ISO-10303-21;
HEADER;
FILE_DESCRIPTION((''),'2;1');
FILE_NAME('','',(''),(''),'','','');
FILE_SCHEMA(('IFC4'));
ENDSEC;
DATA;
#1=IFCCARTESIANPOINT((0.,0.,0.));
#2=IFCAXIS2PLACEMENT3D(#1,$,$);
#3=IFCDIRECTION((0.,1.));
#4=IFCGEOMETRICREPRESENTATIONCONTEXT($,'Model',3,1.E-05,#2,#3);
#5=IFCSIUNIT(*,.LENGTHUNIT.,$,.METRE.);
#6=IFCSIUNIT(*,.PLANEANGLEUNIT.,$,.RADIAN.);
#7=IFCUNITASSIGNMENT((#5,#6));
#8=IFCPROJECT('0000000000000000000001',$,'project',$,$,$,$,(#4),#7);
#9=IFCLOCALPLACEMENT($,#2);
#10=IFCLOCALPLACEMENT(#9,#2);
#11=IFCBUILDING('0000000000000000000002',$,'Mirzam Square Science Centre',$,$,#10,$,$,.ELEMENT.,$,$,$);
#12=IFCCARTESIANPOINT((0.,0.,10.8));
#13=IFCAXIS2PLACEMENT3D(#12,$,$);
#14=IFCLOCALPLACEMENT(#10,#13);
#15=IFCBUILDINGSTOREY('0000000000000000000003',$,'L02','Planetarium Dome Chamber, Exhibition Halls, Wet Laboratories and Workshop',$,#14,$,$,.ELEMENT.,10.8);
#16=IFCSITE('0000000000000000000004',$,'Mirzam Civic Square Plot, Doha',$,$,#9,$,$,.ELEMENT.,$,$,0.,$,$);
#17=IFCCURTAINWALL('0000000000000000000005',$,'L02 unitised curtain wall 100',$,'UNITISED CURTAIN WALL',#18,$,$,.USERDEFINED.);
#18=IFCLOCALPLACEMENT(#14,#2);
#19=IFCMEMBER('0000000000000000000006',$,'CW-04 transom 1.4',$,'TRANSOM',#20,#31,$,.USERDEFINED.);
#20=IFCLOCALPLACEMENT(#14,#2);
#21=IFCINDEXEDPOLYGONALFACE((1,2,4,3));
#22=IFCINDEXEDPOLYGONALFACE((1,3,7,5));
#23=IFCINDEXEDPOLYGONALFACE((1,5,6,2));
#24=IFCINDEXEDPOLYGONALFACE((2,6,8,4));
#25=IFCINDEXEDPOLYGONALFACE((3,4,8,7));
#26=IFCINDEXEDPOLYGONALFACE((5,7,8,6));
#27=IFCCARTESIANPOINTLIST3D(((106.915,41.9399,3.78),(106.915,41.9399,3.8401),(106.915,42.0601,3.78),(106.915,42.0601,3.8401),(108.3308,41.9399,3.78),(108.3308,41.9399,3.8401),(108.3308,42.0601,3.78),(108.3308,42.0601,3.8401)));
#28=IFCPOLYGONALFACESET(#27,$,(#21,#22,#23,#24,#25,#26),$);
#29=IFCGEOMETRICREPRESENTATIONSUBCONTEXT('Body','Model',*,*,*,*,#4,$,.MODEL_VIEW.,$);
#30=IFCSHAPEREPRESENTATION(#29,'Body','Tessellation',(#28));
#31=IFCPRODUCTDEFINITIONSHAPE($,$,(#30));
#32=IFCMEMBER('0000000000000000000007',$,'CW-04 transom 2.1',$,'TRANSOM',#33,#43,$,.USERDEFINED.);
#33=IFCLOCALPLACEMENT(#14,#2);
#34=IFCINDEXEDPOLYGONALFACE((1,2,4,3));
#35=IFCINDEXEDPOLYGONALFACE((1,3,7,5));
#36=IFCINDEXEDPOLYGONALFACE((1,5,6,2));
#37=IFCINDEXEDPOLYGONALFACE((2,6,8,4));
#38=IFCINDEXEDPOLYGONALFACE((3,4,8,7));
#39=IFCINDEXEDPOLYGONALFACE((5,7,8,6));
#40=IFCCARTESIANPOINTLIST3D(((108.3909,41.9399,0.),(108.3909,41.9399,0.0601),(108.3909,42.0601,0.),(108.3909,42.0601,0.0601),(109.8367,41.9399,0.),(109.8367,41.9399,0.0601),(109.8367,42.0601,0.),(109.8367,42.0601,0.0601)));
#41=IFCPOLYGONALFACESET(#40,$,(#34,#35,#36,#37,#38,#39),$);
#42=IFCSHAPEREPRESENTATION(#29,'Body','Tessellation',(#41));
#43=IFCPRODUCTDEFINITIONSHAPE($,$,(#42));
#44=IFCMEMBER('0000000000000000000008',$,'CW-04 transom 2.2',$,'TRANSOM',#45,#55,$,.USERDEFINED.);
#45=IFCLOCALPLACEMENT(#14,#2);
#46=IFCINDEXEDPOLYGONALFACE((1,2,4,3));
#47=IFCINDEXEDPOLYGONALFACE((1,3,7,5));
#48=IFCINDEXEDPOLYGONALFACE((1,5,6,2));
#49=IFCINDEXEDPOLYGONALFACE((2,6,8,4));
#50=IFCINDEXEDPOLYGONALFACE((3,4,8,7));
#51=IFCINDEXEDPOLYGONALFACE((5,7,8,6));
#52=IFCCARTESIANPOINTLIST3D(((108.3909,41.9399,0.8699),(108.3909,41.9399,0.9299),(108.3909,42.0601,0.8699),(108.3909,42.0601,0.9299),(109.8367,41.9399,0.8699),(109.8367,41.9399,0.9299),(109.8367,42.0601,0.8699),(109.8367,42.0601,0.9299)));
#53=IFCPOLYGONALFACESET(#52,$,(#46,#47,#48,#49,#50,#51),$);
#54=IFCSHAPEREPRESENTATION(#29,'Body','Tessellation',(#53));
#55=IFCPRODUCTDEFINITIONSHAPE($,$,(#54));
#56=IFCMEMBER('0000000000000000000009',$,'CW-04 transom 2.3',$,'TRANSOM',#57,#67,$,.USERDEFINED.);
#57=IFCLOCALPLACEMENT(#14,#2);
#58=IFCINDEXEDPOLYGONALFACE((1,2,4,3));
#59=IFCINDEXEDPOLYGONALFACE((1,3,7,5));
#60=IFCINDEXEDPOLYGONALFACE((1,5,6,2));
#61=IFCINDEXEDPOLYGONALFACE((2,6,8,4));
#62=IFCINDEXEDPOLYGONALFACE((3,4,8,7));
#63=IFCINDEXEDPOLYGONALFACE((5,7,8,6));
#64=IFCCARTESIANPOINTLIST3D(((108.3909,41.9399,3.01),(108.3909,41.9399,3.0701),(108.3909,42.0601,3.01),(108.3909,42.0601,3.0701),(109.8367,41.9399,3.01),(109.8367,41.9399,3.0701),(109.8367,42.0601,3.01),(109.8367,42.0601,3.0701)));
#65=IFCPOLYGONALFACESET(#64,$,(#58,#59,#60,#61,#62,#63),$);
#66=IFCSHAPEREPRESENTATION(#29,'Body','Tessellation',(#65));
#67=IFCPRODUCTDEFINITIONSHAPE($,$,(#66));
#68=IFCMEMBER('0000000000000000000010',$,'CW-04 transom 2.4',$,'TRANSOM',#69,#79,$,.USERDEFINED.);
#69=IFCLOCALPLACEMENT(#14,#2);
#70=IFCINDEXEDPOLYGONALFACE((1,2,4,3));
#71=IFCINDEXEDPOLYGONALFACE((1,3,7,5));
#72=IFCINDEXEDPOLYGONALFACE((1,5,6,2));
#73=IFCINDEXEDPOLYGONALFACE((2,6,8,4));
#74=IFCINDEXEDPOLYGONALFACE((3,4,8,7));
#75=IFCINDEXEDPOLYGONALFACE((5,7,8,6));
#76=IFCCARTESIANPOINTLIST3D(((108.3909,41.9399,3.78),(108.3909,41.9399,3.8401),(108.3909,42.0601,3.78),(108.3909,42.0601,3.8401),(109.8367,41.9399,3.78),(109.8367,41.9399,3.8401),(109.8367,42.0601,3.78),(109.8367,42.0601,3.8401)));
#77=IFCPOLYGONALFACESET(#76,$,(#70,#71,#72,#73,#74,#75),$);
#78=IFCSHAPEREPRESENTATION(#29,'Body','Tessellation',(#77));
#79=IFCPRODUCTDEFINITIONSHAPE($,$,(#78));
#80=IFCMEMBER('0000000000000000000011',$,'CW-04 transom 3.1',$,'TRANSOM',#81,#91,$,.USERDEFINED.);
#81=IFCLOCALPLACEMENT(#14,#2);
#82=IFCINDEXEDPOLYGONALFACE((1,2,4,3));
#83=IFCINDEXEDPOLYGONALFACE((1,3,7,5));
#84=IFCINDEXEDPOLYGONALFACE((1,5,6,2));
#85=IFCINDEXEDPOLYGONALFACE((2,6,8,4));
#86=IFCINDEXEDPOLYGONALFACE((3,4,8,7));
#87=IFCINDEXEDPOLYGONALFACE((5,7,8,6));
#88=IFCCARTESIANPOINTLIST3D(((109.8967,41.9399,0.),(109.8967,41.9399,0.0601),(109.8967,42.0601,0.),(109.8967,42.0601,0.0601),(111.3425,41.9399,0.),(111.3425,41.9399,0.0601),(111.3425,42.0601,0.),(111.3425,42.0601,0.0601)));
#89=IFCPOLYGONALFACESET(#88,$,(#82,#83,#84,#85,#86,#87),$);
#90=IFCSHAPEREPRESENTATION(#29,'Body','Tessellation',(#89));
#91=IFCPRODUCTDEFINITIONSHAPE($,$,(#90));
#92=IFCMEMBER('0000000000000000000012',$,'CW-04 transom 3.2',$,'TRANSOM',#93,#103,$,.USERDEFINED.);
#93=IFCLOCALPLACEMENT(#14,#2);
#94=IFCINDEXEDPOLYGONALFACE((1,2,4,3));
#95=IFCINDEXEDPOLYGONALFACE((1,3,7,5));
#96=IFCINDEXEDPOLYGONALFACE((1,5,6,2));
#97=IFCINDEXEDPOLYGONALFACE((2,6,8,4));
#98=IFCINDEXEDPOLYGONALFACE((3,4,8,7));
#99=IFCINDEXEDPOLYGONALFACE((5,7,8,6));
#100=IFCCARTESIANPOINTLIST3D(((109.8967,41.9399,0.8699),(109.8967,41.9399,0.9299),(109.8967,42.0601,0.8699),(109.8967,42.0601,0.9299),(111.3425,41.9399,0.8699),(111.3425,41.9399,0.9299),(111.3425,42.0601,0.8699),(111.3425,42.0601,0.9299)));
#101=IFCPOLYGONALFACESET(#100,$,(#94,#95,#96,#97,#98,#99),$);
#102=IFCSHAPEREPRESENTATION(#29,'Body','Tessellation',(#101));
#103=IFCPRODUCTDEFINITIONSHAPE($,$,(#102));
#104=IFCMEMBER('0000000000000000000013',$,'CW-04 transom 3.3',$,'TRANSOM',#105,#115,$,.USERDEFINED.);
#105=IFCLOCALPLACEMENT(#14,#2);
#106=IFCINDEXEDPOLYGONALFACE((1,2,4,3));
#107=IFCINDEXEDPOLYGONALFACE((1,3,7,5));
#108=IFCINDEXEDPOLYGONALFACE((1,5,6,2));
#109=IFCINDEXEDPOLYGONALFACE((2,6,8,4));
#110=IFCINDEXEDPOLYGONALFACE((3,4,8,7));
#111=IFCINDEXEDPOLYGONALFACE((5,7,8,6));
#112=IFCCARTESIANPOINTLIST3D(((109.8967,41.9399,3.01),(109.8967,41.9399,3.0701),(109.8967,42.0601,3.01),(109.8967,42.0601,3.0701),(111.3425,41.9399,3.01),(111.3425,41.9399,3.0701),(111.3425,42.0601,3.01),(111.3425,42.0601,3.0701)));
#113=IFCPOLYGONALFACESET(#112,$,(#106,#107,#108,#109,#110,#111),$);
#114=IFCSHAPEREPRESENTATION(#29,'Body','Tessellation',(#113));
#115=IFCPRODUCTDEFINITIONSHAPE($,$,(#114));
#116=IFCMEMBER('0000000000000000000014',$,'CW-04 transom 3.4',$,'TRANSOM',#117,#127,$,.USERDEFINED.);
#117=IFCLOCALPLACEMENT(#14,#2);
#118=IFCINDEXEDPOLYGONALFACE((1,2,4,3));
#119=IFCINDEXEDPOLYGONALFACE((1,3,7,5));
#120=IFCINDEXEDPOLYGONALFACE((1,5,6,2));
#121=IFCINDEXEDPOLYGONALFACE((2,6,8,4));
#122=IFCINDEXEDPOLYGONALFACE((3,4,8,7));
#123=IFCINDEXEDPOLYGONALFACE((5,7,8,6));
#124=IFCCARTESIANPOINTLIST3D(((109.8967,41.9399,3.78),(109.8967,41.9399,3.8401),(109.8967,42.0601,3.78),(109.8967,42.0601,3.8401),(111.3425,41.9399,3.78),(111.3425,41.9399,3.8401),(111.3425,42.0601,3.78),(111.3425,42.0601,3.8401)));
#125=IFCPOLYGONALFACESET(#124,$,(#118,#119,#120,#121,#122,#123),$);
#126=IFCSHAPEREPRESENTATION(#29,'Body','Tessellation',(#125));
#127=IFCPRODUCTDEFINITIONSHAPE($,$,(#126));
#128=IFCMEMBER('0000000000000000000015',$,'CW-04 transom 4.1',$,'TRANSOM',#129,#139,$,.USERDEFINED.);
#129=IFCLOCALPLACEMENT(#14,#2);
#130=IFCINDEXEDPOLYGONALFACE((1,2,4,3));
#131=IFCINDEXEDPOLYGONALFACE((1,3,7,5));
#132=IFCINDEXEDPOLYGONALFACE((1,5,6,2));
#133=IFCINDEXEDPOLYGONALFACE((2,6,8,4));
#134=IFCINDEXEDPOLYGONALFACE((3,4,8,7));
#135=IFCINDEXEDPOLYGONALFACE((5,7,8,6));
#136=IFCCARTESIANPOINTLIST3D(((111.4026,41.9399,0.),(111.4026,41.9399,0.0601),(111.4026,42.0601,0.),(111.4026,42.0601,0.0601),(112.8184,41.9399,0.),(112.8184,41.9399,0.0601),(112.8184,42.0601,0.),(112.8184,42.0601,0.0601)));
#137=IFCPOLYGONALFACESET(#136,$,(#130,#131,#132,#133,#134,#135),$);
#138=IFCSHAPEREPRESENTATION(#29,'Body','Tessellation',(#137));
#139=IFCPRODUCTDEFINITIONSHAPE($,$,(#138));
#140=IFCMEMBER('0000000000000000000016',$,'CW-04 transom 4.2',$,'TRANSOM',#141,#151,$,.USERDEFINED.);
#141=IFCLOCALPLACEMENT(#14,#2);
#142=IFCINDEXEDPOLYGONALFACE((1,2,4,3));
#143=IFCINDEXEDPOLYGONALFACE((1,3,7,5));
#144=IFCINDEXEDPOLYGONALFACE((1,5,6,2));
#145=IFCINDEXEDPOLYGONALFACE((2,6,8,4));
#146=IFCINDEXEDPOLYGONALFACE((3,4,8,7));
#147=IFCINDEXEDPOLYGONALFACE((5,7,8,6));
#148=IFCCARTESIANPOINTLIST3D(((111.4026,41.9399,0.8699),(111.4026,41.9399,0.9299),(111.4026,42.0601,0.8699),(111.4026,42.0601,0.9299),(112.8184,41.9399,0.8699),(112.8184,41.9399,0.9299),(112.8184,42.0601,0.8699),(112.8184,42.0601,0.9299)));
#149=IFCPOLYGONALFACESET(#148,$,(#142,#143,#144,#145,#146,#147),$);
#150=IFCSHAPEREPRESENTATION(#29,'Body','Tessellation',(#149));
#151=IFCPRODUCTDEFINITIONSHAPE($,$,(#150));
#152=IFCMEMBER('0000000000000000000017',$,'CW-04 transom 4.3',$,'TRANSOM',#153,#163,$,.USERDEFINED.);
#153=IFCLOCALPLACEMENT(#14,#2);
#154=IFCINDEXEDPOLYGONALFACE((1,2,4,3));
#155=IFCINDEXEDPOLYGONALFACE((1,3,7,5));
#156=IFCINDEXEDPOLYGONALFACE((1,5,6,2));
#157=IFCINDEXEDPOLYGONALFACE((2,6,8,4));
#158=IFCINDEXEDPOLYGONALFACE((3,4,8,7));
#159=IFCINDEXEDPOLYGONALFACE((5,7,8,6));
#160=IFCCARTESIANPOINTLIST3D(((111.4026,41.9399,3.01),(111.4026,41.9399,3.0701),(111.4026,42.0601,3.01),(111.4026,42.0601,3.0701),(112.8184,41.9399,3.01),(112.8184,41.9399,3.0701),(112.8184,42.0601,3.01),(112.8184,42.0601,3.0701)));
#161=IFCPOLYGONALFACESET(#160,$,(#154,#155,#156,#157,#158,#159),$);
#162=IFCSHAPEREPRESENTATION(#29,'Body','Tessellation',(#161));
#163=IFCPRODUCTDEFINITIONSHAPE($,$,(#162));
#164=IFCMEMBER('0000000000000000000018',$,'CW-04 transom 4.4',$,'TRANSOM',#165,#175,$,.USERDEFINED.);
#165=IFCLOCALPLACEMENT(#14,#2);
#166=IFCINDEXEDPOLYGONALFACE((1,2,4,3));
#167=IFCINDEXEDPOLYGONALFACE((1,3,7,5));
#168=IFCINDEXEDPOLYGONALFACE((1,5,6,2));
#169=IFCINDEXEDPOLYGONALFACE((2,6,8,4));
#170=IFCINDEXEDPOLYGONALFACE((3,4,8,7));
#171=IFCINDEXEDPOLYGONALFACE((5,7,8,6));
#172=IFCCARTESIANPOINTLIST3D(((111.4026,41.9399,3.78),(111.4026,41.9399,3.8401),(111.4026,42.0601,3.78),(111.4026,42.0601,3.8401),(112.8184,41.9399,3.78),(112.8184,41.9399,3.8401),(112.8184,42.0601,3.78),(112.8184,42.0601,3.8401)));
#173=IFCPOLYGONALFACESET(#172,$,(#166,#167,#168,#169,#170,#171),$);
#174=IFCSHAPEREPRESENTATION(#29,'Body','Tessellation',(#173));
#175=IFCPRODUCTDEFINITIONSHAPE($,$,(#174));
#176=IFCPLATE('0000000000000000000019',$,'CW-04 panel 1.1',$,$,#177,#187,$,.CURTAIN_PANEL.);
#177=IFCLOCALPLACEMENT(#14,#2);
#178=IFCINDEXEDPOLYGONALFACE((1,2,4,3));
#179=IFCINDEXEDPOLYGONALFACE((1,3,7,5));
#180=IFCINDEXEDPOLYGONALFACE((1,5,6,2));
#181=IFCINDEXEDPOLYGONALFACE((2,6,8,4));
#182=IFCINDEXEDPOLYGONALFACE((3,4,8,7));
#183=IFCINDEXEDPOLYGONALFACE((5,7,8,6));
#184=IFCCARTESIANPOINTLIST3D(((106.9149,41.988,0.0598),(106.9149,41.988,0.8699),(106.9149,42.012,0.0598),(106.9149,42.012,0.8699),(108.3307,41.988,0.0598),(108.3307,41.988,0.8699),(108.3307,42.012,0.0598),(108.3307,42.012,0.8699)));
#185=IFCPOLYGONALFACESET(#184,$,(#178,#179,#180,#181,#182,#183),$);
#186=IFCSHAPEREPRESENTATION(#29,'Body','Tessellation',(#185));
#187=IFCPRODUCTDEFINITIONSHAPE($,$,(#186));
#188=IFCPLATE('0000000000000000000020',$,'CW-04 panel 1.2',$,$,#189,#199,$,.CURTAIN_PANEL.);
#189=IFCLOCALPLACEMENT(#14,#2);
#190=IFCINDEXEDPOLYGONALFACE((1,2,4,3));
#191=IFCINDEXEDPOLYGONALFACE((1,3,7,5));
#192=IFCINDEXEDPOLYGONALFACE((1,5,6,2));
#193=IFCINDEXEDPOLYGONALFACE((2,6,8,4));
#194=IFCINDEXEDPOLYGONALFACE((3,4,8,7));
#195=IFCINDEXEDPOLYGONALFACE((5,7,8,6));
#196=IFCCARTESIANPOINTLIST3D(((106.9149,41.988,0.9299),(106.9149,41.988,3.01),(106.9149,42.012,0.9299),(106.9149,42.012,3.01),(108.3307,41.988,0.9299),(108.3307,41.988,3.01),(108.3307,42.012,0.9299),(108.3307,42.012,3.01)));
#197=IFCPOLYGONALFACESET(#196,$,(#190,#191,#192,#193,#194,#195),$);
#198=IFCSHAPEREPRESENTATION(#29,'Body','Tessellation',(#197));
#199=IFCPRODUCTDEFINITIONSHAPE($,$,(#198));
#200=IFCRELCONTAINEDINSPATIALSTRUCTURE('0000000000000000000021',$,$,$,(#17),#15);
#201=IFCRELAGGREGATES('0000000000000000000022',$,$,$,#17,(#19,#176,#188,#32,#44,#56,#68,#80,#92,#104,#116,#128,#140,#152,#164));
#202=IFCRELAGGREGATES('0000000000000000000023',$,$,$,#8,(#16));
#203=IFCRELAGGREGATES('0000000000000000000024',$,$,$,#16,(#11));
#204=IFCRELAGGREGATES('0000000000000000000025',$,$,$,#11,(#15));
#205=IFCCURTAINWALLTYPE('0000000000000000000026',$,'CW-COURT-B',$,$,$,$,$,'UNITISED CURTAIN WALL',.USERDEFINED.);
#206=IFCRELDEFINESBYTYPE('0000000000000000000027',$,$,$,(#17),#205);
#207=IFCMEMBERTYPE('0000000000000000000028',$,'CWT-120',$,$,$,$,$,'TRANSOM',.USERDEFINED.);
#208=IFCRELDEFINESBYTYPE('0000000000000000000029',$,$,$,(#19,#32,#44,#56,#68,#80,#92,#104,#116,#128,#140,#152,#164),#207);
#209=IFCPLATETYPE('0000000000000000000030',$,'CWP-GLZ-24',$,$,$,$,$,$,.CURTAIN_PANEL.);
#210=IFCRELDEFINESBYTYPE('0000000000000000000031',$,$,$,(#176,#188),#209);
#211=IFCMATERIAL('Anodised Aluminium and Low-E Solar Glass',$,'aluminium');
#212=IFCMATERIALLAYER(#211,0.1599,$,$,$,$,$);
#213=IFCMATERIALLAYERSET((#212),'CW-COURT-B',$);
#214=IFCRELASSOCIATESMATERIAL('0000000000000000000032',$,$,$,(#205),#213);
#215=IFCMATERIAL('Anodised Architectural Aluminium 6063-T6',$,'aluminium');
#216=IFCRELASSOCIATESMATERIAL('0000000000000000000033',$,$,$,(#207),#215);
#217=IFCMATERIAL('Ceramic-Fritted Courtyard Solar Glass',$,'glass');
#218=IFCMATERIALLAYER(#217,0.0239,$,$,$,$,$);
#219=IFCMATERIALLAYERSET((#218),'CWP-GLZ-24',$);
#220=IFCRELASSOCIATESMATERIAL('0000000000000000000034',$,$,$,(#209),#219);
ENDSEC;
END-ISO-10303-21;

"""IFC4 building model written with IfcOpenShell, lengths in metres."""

from ifc_helpers import new_model, si_unit, direction, frame, origin, origin_2d, place, context, subcontext, project, spatial, rectangle, extrude, material, layer, layer_set, material_profile, profile_set, type_object, element, aggregate, save


model = new_model("IFC4")

# Units and contexts
model_context = context("Model", 3, precision=1e-05, world=origin(), true_north=direction((0.0, 1.0)))
body_context = subcontext(model_context, "Body", "Model", "MODEL_VIEW")
ifc_project = project(units=[si_unit("LENGTHUNIT", "METRE"), si_unit("PLANEANGLEUNIT", "RADIAN")], contexts=[model_context])

# Site, building, storey
site_placement = place(None, origin())
site = spatial("IfcSite", under=ifc_project, at=site_placement, Name="Mirzam Civic Square Plot, Doha", CompositionType="ELEMENT", RefElevation=0.0)
building_placement = place(site_placement, origin())
building = spatial("IfcBuilding", under=site, at=building_placement, Name="Mirzam Square Science Centre", CompositionType="ELEMENT")
storey_placement = place(building_placement, frame((0.0, 0.0, 10.8)))
storey = spatial("IfcBuildingStorey", under=building, at=storey_placement, Name="L02", Description="Planetarium Dome Chamber, Exhibition Halls, Wet Laboratories and Workshop", CompositionType="ELEMENT", Elevation=10.8)

# Curtain wall, members, plates
ifc_material_1 = material(Name="Anodised Aluminium and Low-E Solar Glass", Category="aluminium")
ifc_layer_1 = layer(ifc_material_1, 0.1599)
ifc_layer_set_1 = layer_set([ifc_layer_1], Name="CW-COURT-B")
curtain_wall_type = type_object("IfcCurtainWallType", Name="CW-COURT-B", ElementType="UNITISED CURTAIN WALL", PredefinedType="USERDEFINED", material=ifc_layer_set_1)
curtain_wall_placement = place(storey_placement, origin())
curtain_wall = element("IfcCurtainWall", 1, at=curtain_wall_placement, inside=storey, type_object=curtain_wall_type, Name="L02 unitised curtain wall 100", ObjectType="UNITISED CURTAIN WALL", PredefinedType="USERDEFINED")
ifc_material_2 = material(Name="Anodised Architectural Aluminium 6063-T6", Category="aluminium")
ifc_material_profile_1 = material_profile(ifc_material_2, rectangle(XDim=0.1201, YDim=0.0601, at=origin_2d()), Name="ALU-TRAN-120x60x4")
ifc_profile_set_1 = profile_set([ifc_material_profile_1], Name="Anodised Architectural Aluminium 6063-T6")
member_type_1 = type_object("IfcMemberType", Name="CWT-120", ElementType="TRANSOM", PredefinedType="USERDEFINED", material=ifc_profile_set_1)
member_1_placement = place(storey_placement, frame((106.915, 42.0, 3.8101), z_axis=(1.0, 0.0, 0.0), x_axis=(0.0, 1.0, 0.0)))
member_1 = element("IfcMember", 2, at=member_1_placement, type_object=member_type_1, Name="CW-04 transom 1.4", ObjectType="TRANSOM", PredefinedType="USERDEFINED", context=body_context, shape_type="SweptSolid", body=[
    extrude(rectangle(XDim=0.1201, YDim=0.0601, at=origin_2d()), origin(), (0.0, 0.0, 1.0), 1.4158),
])
member_2_placement = place(storey_placement, frame((108.3909, 42.0, 0.03), z_axis=(1.0, 0.0, 0.0), x_axis=(0.0, 1.0, 0.0)))
member_2 = element("IfcMember", 3, at=member_2_placement, type_object=member_type_1, Name="CW-04 transom 2.1", ObjectType="TRANSOM", PredefinedType="USERDEFINED", context=body_context, shape_type="SweptSolid", body=[
    extrude(rectangle(XDim=0.1201, YDim=0.0601, at=origin_2d()), origin(), (0.0, 0.0, 1.0), 1.4458),
])
member_3_placement = place(storey_placement, frame((108.3909, 42.0, 0.8999), z_axis=(1.0, 0.0, 0.0), x_axis=(0.0, 1.0, 0.0)))
member_3 = element("IfcMember", 4, at=member_3_placement, type_object=member_type_1, Name="CW-04 transom 2.2", ObjectType="TRANSOM", PredefinedType="USERDEFINED", context=body_context, shape_type="SweptSolid", body=[
    extrude(rectangle(XDim=0.1201, YDim=0.0601, at=origin_2d()), origin(), (0.0, 0.0, 1.0), 1.4458),
])
member_4_placement = place(storey_placement, frame((108.3909, 42.0, 3.04), z_axis=(1.0, 0.0, 0.0), x_axis=(0.0, 1.0, 0.0)))
member_4 = element("IfcMember", 5, at=member_4_placement, type_object=member_type_1, Name="CW-04 transom 2.3", ObjectType="TRANSOM", PredefinedType="USERDEFINED", context=body_context, shape_type="SweptSolid", body=[
    extrude(rectangle(XDim=0.1201, YDim=0.0601, at=origin_2d()), origin(), (0.0, 0.0, 1.0), 1.4458),
])
member_5_placement = place(storey_placement, frame((108.3909, 42.0, 3.8101), z_axis=(1.0, 0.0, 0.0), x_axis=(0.0, 1.0, 0.0)))
member_5 = element("IfcMember", 6, at=member_5_placement, type_object=member_type_1, Name="CW-04 transom 2.4", ObjectType="TRANSOM", PredefinedType="USERDEFINED", context=body_context, shape_type="SweptSolid", body=[
    extrude(rectangle(XDim=0.1201, YDim=0.0601, at=origin_2d()), origin(), (0.0, 0.0, 1.0), 1.4458),
])
member_6_placement = place(storey_placement, frame((109.8967, 42.0, 0.03), z_axis=(1.0, 0.0, 0.0), x_axis=(0.0, 1.0, 0.0)))
member_6 = element("IfcMember", 7, at=member_6_placement, type_object=member_type_1, Name="CW-04 transom 3.1", ObjectType="TRANSOM", PredefinedType="USERDEFINED", context=body_context, shape_type="SweptSolid", body=[
    extrude(rectangle(XDim=0.1201, YDim=0.0601, at=origin_2d()), origin(), (0.0, 0.0, 1.0), 1.4458),
])
member_7_placement = place(storey_placement, frame((109.8967, 42.0, 0.8999), z_axis=(1.0, 0.0, 0.0), x_axis=(0.0, 1.0, 0.0)))
member_7 = element("IfcMember", 8, at=member_7_placement, type_object=member_type_1, Name="CW-04 transom 3.2", ObjectType="TRANSOM", PredefinedType="USERDEFINED", context=body_context, shape_type="SweptSolid", body=[
    extrude(rectangle(XDim=0.1201, YDim=0.0601, at=origin_2d()), origin(), (0.0, 0.0, 1.0), 1.4458),
])
member_8_placement = place(storey_placement, frame((109.8967, 42.0, 3.04), z_axis=(1.0, 0.0, 0.0), x_axis=(0.0, 1.0, 0.0)))
member_8 = element("IfcMember", 9, at=member_8_placement, type_object=member_type_1, Name="CW-04 transom 3.3", ObjectType="TRANSOM", PredefinedType="USERDEFINED", context=body_context, shape_type="SweptSolid", body=[
    extrude(rectangle(XDim=0.1201, YDim=0.0601, at=origin_2d()), origin(), (0.0, 0.0, 1.0), 1.4458),
])
member_9_placement = place(storey_placement, frame((109.8967, 42.0, 3.8101), z_axis=(1.0, 0.0, 0.0), x_axis=(0.0, 1.0, 0.0)))
member_9 = element("IfcMember", 10, at=member_9_placement, type_object=member_type_1, Name="CW-04 transom 3.4", ObjectType="TRANSOM", PredefinedType="USERDEFINED", context=body_context, shape_type="SweptSolid", body=[
    extrude(rectangle(XDim=0.1201, YDim=0.0601, at=origin_2d()), origin(), (0.0, 0.0, 1.0), 1.4458),
])
member_10_placement = place(storey_placement, frame((111.4026, 42.0, 0.03), z_axis=(1.0, 0.0, 0.0), x_axis=(0.0, 1.0, 0.0)))
member_10 = element("IfcMember", 11, at=member_10_placement, type_object=member_type_1, Name="CW-04 transom 4.1", ObjectType="TRANSOM", PredefinedType="USERDEFINED", context=body_context, shape_type="SweptSolid", body=[
    extrude(rectangle(XDim=0.1201, YDim=0.0601, at=origin_2d()), origin(), (0.0, 0.0, 1.0), 1.4158),
])
member_11_placement = place(storey_placement, frame((111.4026, 42.0, 0.8999), z_axis=(1.0, 0.0, 0.0), x_axis=(0.0, 1.0, 0.0)))
member_11 = element("IfcMember", 12, at=member_11_placement, type_object=member_type_1, Name="CW-04 transom 4.2", ObjectType="TRANSOM", PredefinedType="USERDEFINED", context=body_context, shape_type="SweptSolid", body=[
    extrude(rectangle(XDim=0.1201, YDim=0.0601, at=origin_2d()), origin(), (0.0, 0.0, 1.0), 1.4158),
])
member_12_placement = place(storey_placement, frame((111.4026, 42.0, 3.04), z_axis=(1.0, 0.0, 0.0), x_axis=(0.0, 1.0, 0.0)))
member_12 = element("IfcMember", 13, at=member_12_placement, type_object=member_type_1, Name="CW-04 transom 4.3", ObjectType="TRANSOM", PredefinedType="USERDEFINED", context=body_context, shape_type="SweptSolid", body=[
    extrude(rectangle(XDim=0.1201, YDim=0.0601, at=origin_2d()), origin(), (0.0, 0.0, 1.0), 1.4158),
])
member_13_placement = place(storey_placement, frame((111.4026, 42.0, 3.8101), z_axis=(1.0, 0.0, 0.0), x_axis=(0.0, 1.0, 0.0)))
member_13 = element("IfcMember", 14, at=member_13_placement, type_object=member_type_1, Name="CW-04 transom 4.4", ObjectType="TRANSOM", PredefinedType="USERDEFINED", context=body_context, shape_type="SweptSolid", body=[
    extrude(rectangle(XDim=0.1201, YDim=0.0601, at=origin_2d()), origin(), (0.0, 0.0, 1.0), 1.4158),
])
ifc_material_3 = material(Name="Ceramic-Fritted Courtyard Solar Glass", Category="glass")
ifc_layer_2 = layer(ifc_material_3, 0.0239)
ifc_layer_set_2 = layer_set([ifc_layer_2], Name="CWP-GLZ-24")
plate_type = type_object("IfcPlateType", Name="CWP-GLZ-24", PredefinedType="CURTAIN_PANEL", material=ifc_layer_set_2)
plate_1_placement = place(storey_placement, frame((107.6228, 42.0, 0.0598), z_axis=(0.0, 0.0, 1.0), x_axis=(1.0, 0.0, 0.0)))
plate_1 = element("IfcPlate", 15, at=plate_1_placement, type_object=plate_type, Name="CW-04 panel 1.1", PredefinedType="CURTAIN_PANEL", context=body_context, shape_type="SweptSolid", body=[
    extrude(rectangle(XDim=1.4158, YDim=0.0239, at=origin_2d()), origin(), (0.0, 0.0, 1.0), 0.8101),
])
plate_2_placement = place(storey_placement, frame((107.6228, 42.0, 0.9299), z_axis=(0.0, 0.0, 1.0), x_axis=(1.0, 0.0, 0.0)))
plate_2 = element("IfcPlate", 16, at=plate_2_placement, type_object=plate_type, Name="CW-04 panel 1.2", PredefinedType="CURTAIN_PANEL", context=body_context, shape_type="SweptSolid", body=[
    extrude(rectangle(XDim=1.4158, YDim=0.0239, at=origin_2d()), origin(), (0.0, 0.0, 1.0), 2.0801),
])
aggregate(curtain_wall, [member_1, plate_1, plate_2, member_2, member_3, member_4, member_5, member_6, member_7, member_8, member_9, member_10, member_11, member_12, member_13])

save(model, "model.ifc")
